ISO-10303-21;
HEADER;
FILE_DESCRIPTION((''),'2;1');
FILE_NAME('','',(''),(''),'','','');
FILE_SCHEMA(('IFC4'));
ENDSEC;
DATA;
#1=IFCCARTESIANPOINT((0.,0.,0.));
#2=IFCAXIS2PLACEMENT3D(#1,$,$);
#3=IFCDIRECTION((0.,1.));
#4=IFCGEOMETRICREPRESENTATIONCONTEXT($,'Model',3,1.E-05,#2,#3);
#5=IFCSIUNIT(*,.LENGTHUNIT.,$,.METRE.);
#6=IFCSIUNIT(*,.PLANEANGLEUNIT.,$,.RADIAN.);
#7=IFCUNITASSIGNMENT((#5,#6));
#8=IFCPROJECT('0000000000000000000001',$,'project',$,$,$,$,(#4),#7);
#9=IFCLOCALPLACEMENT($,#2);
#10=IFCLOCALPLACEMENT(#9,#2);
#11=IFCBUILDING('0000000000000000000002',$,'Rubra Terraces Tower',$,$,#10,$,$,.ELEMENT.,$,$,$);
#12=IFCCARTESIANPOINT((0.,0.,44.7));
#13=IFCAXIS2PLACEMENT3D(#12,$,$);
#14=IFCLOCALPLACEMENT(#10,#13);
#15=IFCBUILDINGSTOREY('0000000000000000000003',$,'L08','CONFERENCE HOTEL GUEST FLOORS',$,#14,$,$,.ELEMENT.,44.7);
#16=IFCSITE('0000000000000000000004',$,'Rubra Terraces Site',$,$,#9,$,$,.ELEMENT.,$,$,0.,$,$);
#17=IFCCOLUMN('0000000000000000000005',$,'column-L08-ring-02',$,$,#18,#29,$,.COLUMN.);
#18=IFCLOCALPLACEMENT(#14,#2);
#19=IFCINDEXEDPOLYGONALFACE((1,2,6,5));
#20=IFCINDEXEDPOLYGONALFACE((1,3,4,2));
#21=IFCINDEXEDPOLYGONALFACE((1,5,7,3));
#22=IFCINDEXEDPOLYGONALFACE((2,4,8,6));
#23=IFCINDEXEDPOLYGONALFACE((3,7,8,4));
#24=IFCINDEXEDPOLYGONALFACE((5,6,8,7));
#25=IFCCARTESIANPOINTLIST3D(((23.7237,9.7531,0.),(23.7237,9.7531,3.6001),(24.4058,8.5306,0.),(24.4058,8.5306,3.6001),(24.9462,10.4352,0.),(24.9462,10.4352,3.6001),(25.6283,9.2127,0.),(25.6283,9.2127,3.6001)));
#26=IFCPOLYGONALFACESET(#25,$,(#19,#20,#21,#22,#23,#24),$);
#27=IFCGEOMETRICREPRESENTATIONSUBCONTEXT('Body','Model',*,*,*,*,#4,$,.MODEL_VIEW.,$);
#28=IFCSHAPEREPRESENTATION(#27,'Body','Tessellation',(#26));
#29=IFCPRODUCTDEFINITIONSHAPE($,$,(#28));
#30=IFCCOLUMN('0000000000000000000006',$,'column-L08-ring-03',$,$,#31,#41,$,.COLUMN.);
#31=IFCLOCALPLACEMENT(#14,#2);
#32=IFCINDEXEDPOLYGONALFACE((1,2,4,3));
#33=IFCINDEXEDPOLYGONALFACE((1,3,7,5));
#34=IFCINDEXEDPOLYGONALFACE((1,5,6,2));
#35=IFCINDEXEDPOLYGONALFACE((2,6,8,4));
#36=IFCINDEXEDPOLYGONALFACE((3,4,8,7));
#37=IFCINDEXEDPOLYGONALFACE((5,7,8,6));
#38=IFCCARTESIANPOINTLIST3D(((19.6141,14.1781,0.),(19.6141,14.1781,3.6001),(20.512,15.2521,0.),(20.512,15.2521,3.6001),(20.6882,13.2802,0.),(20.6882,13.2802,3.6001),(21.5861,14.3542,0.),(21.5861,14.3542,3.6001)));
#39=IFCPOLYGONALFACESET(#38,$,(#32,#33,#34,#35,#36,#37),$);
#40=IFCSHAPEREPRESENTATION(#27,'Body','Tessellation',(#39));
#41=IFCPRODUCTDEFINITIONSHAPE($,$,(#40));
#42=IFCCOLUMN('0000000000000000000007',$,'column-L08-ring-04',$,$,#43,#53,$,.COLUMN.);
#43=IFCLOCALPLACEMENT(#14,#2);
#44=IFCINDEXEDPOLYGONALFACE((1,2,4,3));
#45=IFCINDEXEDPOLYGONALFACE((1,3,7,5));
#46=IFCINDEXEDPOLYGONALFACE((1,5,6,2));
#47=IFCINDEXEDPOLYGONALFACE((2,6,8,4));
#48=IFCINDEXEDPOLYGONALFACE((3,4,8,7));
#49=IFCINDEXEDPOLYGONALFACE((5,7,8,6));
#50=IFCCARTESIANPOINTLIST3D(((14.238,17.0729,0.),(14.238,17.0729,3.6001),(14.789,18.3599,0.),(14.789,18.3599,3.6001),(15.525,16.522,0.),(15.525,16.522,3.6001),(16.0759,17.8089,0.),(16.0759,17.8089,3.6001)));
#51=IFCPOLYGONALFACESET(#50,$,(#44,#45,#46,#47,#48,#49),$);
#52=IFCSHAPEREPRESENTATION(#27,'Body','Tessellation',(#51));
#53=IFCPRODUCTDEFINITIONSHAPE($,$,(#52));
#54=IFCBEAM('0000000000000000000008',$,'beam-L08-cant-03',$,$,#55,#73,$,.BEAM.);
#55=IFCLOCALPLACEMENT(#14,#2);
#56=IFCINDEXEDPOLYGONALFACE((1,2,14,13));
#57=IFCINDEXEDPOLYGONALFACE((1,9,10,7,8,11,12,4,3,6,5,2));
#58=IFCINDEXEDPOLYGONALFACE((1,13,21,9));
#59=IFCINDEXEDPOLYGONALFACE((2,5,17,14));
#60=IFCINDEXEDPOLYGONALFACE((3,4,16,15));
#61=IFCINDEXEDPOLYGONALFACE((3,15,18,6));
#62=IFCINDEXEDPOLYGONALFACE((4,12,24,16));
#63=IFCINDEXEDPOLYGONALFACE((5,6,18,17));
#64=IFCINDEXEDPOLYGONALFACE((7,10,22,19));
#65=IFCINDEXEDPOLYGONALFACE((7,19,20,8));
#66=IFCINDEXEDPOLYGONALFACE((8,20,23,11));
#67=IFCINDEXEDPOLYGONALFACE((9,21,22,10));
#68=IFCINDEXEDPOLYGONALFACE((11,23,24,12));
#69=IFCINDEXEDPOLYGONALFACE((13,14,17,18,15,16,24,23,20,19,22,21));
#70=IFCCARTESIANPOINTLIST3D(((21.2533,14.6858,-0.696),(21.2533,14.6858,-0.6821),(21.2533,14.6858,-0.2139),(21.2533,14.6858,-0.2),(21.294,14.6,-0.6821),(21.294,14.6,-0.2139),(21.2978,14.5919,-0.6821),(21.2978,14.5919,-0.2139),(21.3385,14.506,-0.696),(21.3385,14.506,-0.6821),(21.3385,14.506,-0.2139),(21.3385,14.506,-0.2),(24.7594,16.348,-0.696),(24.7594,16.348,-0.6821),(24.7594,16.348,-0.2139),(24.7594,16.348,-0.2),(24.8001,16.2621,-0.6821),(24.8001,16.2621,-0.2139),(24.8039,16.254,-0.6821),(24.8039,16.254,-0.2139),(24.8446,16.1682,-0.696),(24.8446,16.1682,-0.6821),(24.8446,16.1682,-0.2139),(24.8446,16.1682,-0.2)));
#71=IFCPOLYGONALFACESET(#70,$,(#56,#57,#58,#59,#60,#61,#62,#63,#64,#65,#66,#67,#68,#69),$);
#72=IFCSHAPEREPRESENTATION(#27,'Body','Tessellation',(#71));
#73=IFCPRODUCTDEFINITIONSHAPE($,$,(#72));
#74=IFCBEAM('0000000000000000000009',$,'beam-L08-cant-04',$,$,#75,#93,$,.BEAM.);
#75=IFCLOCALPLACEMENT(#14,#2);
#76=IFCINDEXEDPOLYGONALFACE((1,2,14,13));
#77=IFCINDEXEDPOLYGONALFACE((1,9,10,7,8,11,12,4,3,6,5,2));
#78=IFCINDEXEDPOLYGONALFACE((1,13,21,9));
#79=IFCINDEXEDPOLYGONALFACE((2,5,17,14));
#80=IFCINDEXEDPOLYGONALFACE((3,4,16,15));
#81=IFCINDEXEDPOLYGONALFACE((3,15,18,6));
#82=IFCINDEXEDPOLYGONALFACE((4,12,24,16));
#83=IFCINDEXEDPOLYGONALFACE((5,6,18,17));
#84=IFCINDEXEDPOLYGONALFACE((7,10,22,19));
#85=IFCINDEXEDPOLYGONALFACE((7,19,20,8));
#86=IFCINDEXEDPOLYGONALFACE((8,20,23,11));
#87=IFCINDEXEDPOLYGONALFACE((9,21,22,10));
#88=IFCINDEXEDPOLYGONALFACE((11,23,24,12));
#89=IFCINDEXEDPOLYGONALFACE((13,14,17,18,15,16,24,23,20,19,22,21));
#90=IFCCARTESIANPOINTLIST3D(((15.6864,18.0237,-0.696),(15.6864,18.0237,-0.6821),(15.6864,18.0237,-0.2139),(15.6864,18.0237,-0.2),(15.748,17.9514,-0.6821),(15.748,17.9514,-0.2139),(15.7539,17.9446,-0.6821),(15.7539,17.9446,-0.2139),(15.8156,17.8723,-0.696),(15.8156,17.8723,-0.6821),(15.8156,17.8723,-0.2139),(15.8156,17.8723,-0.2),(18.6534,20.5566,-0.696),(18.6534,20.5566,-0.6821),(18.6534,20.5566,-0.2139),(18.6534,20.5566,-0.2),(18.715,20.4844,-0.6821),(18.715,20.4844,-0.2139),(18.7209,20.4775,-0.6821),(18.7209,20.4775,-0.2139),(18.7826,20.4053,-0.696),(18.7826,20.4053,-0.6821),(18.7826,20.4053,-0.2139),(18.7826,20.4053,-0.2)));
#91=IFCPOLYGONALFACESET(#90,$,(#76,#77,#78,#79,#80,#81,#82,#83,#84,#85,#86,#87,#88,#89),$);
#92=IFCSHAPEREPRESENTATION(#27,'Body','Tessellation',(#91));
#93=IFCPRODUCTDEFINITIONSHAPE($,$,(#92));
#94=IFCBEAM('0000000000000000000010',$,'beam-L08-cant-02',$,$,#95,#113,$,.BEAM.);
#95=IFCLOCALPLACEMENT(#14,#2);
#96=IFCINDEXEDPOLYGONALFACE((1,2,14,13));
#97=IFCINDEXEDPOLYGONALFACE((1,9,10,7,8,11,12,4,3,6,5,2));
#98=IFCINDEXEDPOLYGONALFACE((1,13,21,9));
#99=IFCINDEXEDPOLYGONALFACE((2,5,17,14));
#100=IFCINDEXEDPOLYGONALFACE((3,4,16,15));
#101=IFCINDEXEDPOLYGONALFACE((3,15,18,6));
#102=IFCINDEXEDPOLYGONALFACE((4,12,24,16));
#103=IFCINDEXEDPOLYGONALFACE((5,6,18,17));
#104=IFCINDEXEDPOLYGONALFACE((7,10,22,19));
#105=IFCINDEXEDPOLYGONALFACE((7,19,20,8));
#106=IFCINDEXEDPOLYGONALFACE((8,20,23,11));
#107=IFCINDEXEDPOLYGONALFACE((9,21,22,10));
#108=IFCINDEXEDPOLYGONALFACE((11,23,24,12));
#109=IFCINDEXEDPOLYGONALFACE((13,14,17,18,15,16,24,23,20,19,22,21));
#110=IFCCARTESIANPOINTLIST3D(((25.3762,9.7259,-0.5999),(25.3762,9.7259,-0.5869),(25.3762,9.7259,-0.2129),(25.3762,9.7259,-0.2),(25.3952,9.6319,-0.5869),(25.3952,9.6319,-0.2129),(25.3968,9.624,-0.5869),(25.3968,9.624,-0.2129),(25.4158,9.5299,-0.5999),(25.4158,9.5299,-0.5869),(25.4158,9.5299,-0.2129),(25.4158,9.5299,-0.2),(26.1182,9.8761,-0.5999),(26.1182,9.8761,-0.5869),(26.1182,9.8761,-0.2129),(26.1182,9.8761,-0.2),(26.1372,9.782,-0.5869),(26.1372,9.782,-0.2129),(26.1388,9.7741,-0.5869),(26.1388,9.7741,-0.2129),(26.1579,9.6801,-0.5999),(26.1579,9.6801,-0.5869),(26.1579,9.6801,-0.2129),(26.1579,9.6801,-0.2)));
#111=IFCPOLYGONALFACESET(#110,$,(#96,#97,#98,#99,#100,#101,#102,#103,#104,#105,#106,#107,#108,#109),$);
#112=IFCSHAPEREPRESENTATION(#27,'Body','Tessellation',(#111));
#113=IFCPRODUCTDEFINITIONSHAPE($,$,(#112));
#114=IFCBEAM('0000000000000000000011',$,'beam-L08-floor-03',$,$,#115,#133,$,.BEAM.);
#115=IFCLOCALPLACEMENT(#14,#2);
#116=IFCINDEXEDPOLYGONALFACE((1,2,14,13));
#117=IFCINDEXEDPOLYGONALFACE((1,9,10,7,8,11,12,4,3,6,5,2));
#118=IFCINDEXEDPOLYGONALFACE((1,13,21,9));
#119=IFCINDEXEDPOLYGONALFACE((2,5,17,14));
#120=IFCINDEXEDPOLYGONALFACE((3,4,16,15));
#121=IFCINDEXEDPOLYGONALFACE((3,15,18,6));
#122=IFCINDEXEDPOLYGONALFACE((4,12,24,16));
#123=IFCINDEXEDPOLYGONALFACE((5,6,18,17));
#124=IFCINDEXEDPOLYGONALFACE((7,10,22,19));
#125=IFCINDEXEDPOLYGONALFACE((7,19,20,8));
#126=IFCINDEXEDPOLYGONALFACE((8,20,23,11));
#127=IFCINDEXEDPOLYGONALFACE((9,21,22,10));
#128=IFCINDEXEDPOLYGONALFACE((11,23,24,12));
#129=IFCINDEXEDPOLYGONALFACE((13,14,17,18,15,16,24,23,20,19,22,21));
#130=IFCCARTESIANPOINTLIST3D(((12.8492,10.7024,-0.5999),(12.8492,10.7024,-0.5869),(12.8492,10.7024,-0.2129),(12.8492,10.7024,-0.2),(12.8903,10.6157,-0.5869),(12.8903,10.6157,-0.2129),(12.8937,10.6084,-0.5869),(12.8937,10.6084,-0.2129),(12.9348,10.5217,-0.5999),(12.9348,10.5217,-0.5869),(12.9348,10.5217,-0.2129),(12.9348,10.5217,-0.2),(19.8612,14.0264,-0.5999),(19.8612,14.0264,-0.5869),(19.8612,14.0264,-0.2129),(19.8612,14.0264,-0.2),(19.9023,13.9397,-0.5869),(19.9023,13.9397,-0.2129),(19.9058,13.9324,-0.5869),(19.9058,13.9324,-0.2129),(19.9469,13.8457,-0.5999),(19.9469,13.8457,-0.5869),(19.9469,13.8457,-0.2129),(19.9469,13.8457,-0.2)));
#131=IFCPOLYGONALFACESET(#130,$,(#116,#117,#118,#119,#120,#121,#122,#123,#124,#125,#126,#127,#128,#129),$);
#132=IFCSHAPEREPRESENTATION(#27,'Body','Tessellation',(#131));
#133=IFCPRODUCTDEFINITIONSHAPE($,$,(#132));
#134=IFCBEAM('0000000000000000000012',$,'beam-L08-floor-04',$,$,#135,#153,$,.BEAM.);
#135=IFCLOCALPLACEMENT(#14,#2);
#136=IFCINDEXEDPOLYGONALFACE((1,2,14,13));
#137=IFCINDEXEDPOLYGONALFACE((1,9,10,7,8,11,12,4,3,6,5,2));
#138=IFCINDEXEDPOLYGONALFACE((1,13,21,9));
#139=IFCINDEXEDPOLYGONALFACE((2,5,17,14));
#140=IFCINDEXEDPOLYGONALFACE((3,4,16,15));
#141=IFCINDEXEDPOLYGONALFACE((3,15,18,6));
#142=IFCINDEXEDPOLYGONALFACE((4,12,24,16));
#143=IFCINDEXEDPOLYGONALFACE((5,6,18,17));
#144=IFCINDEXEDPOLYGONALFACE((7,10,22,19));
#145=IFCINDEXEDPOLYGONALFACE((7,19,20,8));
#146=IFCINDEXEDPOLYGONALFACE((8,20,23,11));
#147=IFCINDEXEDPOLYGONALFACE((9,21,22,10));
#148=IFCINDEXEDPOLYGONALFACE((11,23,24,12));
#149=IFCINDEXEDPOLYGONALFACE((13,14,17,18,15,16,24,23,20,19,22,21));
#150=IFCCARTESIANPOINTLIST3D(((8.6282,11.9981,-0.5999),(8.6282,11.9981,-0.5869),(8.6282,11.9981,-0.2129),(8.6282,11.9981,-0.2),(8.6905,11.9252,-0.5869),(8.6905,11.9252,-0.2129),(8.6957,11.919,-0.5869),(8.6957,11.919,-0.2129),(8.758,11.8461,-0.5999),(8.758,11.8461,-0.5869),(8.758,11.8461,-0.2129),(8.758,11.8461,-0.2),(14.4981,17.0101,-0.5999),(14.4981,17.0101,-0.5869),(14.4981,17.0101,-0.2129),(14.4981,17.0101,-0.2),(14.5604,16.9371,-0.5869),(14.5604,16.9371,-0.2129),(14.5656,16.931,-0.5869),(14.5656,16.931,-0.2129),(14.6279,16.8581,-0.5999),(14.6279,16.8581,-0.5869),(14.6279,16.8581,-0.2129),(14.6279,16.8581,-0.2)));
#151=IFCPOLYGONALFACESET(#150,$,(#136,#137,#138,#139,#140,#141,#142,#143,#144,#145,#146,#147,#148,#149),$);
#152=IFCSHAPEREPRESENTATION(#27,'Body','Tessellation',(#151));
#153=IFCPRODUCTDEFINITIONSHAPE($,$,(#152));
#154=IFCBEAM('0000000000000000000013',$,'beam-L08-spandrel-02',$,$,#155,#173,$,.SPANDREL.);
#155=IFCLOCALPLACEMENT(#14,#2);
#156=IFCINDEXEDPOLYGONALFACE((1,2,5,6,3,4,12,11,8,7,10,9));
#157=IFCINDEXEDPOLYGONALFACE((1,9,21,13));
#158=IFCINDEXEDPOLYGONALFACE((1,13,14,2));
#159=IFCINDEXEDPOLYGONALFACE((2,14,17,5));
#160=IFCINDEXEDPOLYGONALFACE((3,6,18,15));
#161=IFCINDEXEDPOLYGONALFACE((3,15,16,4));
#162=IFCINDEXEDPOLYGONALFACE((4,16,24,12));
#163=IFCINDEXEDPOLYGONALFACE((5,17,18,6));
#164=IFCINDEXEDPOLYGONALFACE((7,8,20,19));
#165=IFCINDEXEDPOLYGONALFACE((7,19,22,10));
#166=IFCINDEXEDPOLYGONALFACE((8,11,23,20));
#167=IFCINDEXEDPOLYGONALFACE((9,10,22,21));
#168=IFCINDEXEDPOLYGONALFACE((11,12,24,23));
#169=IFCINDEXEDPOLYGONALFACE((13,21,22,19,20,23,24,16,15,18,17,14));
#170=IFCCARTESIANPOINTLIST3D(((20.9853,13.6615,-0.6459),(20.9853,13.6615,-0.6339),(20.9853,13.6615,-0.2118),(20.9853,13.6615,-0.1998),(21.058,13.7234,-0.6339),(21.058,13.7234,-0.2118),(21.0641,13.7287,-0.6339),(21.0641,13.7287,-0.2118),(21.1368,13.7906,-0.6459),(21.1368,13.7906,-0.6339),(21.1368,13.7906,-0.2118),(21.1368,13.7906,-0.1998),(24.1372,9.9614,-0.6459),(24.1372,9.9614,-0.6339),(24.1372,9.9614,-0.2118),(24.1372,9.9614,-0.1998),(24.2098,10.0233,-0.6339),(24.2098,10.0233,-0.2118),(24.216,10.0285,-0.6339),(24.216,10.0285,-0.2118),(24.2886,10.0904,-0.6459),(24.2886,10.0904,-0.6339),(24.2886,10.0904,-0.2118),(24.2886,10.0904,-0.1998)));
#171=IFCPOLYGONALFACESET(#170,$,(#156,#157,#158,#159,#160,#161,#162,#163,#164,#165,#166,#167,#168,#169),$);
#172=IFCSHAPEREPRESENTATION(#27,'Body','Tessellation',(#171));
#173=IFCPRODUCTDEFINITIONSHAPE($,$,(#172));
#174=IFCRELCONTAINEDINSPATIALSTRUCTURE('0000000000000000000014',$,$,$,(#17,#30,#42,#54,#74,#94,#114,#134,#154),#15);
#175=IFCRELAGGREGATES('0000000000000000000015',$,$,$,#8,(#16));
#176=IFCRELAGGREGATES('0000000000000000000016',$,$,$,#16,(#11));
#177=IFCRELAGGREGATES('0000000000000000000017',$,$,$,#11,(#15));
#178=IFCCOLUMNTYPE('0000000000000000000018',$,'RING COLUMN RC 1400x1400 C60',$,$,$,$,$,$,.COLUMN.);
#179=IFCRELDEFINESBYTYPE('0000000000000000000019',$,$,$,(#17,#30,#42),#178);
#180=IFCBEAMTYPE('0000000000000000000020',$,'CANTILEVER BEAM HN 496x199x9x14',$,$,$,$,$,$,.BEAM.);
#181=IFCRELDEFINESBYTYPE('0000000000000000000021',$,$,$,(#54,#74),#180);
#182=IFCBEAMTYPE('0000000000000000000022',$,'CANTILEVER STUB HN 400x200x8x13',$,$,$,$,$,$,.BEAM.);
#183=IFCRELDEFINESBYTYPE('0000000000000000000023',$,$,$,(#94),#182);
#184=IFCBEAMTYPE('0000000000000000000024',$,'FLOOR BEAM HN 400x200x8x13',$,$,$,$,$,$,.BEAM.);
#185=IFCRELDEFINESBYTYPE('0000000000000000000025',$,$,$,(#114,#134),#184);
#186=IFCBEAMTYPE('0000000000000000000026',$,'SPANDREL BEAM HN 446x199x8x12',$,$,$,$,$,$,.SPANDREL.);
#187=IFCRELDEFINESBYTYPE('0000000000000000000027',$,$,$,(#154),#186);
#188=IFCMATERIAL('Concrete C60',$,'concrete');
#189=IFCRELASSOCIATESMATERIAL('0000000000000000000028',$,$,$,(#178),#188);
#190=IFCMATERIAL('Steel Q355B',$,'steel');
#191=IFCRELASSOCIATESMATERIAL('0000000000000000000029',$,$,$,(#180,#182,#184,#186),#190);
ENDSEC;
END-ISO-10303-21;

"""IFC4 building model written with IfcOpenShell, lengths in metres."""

from ifc_helpers import new_model, si_unit, direction, frame, origin, origin_2d, place, context, subcontext, project, spatial, rectangle, i_section, extrude, material, material_profile, profile_set, type_object, element, save


model = new_model("IFC4")

# Units and contexts
model_context = context("Model", 3, precision=1e-05, world=origin(), true_north=direction((0.0, 1.0)))
body_context = subcontext(model_context, "Body", "Model", "MODEL_VIEW")
ifc_project = project(units=[si_unit("LENGTHUNIT", "METRE"), si_unit("PLANEANGLEUNIT", "RADIAN")], contexts=[model_context])

# Site, building, storey
site_placement = place(None, origin())
site = spatial("IfcSite", under=ifc_project, at=site_placement, Name="Rubra Terraces Site", CompositionType="ELEMENT", RefElevation=0.0)
building_placement = place(site_placement, origin())
building = spatial("IfcBuilding", under=site, at=building_placement, Name="Rubra Terraces Tower", CompositionType="ELEMENT")
storey_placement = place(building_placement, frame((0.0, 0.0, 44.7)))
storey = spatial("IfcBuildingStorey", under=building, at=storey_placement, Name="L08", Description="CONFERENCE HOTEL GUEST FLOORS", CompositionType="ELEMENT", Elevation=44.7)

# Columns
ifc_material_1 = material(Name="Concrete C60", Category="concrete")
ifc_material_profile_1 = material_profile(ifc_material_1, rectangle(XDim=1.3999, YDim=1.3999, at=origin_2d()), Name="RC 1400x1400")
ifc_profile_set_1 = profile_set([ifc_material_profile_1], Name="Concrete C60")
column_type = type_object("IfcColumnType", Name="RING COLUMN RC 1400x1400 C60", PredefinedType="COLUMN", material=ifc_profile_set_1)
for number, where, z_axis, x_axis, name in (
    (1, (24.676, 9.4829, 0.0), (0.0, 0.0, 1.0), (-0.487227, 0.873276, 0.0), "column-L08-ring-02"),
    (2, (20.6001, 14.2661, 0.0), (0.0, 0.0, 1.0), (-0.76721, 0.641397, 0.0), "column-L08-ring-03"),
    (3, (15.157, 17.4409, 0.0), (0.0, 0.0, 1.0), (-0.919294, 0.393572, 0.0), "column-L08-ring-04"),
):
    element("IfcColumn", number, at=place(storey_placement, frame(where, z_axis=z_axis, x_axis=x_axis)), inside=storey, type_object=column_type, Name=name, PredefinedType="COLUMN", context=body_context, shape_type="SweptSolid", body=[
        extrude(rectangle(XDim=1.3999, YDim=1.3999, at=origin_2d()), origin(), (0.0, 0.0, 1.0), 3.6001),
    ])

# Beams
ifc_material_2 = material(Name="Steel Q355B", Category="steel")
ifc_material_profile_2 = material_profile(ifc_material_2, i_section(OverallWidth=0.199, OverallDepth=0.4961, WebThickness=0.009, FlangeThickness=0.0139, at=origin_2d()), Name="HN 496x199x9x14")
ifc_profile_set_2 = profile_set([ifc_material_profile_2], Name="Steel Q355B")
beam_type_1 = type_object("IfcBeamType", Name="CANTILEVER BEAM HN 496x199x9x14", PredefinedType="BEAM", material=ifc_profile_set_2)
beam_1_placement = place(storey_placement, frame((21.2959, 14.5959, -0.448), z_axis=(0.903606, 0.428365, 0.0), x_axis=(-0.428365, 0.903606, 0.0)))
element("IfcBeam", 4, at=beam_1_placement, inside=storey, type_object=beam_type_1, Name="beam-L08-cant-03", PredefinedType="BEAM", context=body_context, shape_type="SweptSolid", body=[
    extrude(i_section(OverallWidth=0.199, OverallDepth=0.4961, WebThickness=0.009, FlangeThickness=0.0139, at=origin_2d()), origin(), (0.0, 0.0, 1.0), 3.8801),
])
beam_2_placement = place(storey_placement, frame((15.751, 17.948, -0.448), z_axis=(0.760549, 0.64928, 0.0), x_axis=(-0.64928, 0.760549, 0.0)))
element("IfcBeam", 5, at=beam_2_placement, inside=storey, type_object=beam_type_1, Name="beam-L08-cant-04", PredefinedType="BEAM", context=body_context, shape_type="SweptSolid", body=[
    extrude(i_section(OverallWidth=0.199, OverallDepth=0.4961, WebThickness=0.009, FlangeThickness=0.0139, at=origin_2d()), origin(), (0.0, 0.0, 1.0), 3.9011),
])
ifc_material_profile_3 = material_profile(ifc_material_2, i_section(OverallWidth=0.2, OverallDepth=0.3999, WebThickness=0.0081, FlangeThickness=0.0129, at=origin_2d()), Name="HN 400x200x8x13")
ifc_profile_set_3 = profile_set([ifc_material_profile_3], Name="Steel Q355B")
beam_type_2 = type_object("IfcBeamType", Name="CANTILEVER STUB HN 400x200x8x13", PredefinedType="BEAM", material=ifc_profile_set_3)
beam_3_placement = place(storey_placement, frame((25.396, 9.6279, -0.3999), z_axis=(0.980132, 0.198348, 0.0), x_axis=(-0.198348, 0.980132, 0.0)))
element("IfcBeam", 6, at=beam_3_placement, inside=storey, type_object=beam_type_2, Name="beam-L08-cant-02", PredefinedType="BEAM", context=body_context, shape_type="SweptSolid", body=[
    extrude(i_section(OverallWidth=0.2, OverallDepth=0.3999, WebThickness=0.0081, FlangeThickness=0.0129, at=origin_2d()), origin(), (0.0, 0.0, 1.0), 0.7571),
])
ifc_material_profile_4 = material_profile(ifc_material_2, i_section(OverallWidth=0.2, OverallDepth=0.3999, WebThickness=0.0081, FlangeThickness=0.0129, at=origin_2d()), Name="HN 400x200x8x13")
ifc_profile_set_4 = profile_set([ifc_material_profile_4], Name="Steel Q355B")
beam_type_3 = type_object("IfcBeamType", Name="FLOOR BEAM HN 400x200x8x13", PredefinedType="BEAM", material=ifc_profile_set_4)
beam_4_placement = place(storey_placement, frame((19.9041, 13.936, -0.3999), z_axis=(-0.903612, -0.428351, 0.0), x_axis=(0.428351, -0.903612, 0.0)))
element("IfcBeam", 7, at=beam_4_placement, inside=storey, type_object=beam_type_3, Name="beam-L08-floor-03", PredefinedType="BEAM", context=body_context, shape_type="SweptSolid", body=[
    extrude(i_section(OverallWidth=0.2, OverallDepth=0.3999, WebThickness=0.0081, FlangeThickness=0.0129, at=origin_2d()), origin(), (0.0, 0.0, 1.0), 7.76),
])
beam_5_placement = place(storey_placement, frame((14.563, 16.9341, -0.3999), z_axis=(-0.760494, -0.649344, 0.0), x_axis=(0.649344, -0.760494, 0.0)))
element("IfcBeam", 8, at=beam_5_placement, inside=storey, type_object=beam_type_3, Name="beam-L08-floor-04", PredefinedType="BEAM", context=body_context, shape_type="SweptSolid", body=[
    extrude(i_section(OverallWidth=0.2, OverallDepth=0.3999, WebThickness=0.0081, FlangeThickness=0.0129, at=origin_2d()), origin(), (0.0, 0.0, 1.0), 7.7185),
])
ifc_material_profile_5 = material_profile(ifc_material_2, i_section(OverallWidth=0.199, OverallDepth=0.446, WebThickness=0.0081, FlangeThickness=0.012, at=origin_2d()), Name="HN 446x199x8x12")
ifc_profile_set_5 = profile_set([ifc_material_profile_5], Name="Steel Q355B")
beam_type_4 = type_object("IfcBeamType", Name="SPANDREL BEAM HN 446x199x8x12", PredefinedType="SPANDREL", material=ifc_profile_set_5)
beam_6_placement = place(storey_placement, frame((24.2129, 10.0259, -0.4229), z_axis=(-0.648447, 0.76126, 0.0), x_axis=(-0.76126, -0.648447, 0.0)))
element("IfcBeam", 9, at=beam_6_placement, inside=storey, type_object=beam_type_4, Name="beam-L08-spandrel-02", PredefinedType="SPANDREL", context=body_context, shape_type="SweptSolid", body=[
    extrude(i_section(OverallWidth=0.199, OverallDepth=0.446, WebThickness=0.0081, FlangeThickness=0.012, at=origin_2d()), origin(), (0.0, 0.0, 1.0), 4.8606),
])

save(model, "model.ifc")
